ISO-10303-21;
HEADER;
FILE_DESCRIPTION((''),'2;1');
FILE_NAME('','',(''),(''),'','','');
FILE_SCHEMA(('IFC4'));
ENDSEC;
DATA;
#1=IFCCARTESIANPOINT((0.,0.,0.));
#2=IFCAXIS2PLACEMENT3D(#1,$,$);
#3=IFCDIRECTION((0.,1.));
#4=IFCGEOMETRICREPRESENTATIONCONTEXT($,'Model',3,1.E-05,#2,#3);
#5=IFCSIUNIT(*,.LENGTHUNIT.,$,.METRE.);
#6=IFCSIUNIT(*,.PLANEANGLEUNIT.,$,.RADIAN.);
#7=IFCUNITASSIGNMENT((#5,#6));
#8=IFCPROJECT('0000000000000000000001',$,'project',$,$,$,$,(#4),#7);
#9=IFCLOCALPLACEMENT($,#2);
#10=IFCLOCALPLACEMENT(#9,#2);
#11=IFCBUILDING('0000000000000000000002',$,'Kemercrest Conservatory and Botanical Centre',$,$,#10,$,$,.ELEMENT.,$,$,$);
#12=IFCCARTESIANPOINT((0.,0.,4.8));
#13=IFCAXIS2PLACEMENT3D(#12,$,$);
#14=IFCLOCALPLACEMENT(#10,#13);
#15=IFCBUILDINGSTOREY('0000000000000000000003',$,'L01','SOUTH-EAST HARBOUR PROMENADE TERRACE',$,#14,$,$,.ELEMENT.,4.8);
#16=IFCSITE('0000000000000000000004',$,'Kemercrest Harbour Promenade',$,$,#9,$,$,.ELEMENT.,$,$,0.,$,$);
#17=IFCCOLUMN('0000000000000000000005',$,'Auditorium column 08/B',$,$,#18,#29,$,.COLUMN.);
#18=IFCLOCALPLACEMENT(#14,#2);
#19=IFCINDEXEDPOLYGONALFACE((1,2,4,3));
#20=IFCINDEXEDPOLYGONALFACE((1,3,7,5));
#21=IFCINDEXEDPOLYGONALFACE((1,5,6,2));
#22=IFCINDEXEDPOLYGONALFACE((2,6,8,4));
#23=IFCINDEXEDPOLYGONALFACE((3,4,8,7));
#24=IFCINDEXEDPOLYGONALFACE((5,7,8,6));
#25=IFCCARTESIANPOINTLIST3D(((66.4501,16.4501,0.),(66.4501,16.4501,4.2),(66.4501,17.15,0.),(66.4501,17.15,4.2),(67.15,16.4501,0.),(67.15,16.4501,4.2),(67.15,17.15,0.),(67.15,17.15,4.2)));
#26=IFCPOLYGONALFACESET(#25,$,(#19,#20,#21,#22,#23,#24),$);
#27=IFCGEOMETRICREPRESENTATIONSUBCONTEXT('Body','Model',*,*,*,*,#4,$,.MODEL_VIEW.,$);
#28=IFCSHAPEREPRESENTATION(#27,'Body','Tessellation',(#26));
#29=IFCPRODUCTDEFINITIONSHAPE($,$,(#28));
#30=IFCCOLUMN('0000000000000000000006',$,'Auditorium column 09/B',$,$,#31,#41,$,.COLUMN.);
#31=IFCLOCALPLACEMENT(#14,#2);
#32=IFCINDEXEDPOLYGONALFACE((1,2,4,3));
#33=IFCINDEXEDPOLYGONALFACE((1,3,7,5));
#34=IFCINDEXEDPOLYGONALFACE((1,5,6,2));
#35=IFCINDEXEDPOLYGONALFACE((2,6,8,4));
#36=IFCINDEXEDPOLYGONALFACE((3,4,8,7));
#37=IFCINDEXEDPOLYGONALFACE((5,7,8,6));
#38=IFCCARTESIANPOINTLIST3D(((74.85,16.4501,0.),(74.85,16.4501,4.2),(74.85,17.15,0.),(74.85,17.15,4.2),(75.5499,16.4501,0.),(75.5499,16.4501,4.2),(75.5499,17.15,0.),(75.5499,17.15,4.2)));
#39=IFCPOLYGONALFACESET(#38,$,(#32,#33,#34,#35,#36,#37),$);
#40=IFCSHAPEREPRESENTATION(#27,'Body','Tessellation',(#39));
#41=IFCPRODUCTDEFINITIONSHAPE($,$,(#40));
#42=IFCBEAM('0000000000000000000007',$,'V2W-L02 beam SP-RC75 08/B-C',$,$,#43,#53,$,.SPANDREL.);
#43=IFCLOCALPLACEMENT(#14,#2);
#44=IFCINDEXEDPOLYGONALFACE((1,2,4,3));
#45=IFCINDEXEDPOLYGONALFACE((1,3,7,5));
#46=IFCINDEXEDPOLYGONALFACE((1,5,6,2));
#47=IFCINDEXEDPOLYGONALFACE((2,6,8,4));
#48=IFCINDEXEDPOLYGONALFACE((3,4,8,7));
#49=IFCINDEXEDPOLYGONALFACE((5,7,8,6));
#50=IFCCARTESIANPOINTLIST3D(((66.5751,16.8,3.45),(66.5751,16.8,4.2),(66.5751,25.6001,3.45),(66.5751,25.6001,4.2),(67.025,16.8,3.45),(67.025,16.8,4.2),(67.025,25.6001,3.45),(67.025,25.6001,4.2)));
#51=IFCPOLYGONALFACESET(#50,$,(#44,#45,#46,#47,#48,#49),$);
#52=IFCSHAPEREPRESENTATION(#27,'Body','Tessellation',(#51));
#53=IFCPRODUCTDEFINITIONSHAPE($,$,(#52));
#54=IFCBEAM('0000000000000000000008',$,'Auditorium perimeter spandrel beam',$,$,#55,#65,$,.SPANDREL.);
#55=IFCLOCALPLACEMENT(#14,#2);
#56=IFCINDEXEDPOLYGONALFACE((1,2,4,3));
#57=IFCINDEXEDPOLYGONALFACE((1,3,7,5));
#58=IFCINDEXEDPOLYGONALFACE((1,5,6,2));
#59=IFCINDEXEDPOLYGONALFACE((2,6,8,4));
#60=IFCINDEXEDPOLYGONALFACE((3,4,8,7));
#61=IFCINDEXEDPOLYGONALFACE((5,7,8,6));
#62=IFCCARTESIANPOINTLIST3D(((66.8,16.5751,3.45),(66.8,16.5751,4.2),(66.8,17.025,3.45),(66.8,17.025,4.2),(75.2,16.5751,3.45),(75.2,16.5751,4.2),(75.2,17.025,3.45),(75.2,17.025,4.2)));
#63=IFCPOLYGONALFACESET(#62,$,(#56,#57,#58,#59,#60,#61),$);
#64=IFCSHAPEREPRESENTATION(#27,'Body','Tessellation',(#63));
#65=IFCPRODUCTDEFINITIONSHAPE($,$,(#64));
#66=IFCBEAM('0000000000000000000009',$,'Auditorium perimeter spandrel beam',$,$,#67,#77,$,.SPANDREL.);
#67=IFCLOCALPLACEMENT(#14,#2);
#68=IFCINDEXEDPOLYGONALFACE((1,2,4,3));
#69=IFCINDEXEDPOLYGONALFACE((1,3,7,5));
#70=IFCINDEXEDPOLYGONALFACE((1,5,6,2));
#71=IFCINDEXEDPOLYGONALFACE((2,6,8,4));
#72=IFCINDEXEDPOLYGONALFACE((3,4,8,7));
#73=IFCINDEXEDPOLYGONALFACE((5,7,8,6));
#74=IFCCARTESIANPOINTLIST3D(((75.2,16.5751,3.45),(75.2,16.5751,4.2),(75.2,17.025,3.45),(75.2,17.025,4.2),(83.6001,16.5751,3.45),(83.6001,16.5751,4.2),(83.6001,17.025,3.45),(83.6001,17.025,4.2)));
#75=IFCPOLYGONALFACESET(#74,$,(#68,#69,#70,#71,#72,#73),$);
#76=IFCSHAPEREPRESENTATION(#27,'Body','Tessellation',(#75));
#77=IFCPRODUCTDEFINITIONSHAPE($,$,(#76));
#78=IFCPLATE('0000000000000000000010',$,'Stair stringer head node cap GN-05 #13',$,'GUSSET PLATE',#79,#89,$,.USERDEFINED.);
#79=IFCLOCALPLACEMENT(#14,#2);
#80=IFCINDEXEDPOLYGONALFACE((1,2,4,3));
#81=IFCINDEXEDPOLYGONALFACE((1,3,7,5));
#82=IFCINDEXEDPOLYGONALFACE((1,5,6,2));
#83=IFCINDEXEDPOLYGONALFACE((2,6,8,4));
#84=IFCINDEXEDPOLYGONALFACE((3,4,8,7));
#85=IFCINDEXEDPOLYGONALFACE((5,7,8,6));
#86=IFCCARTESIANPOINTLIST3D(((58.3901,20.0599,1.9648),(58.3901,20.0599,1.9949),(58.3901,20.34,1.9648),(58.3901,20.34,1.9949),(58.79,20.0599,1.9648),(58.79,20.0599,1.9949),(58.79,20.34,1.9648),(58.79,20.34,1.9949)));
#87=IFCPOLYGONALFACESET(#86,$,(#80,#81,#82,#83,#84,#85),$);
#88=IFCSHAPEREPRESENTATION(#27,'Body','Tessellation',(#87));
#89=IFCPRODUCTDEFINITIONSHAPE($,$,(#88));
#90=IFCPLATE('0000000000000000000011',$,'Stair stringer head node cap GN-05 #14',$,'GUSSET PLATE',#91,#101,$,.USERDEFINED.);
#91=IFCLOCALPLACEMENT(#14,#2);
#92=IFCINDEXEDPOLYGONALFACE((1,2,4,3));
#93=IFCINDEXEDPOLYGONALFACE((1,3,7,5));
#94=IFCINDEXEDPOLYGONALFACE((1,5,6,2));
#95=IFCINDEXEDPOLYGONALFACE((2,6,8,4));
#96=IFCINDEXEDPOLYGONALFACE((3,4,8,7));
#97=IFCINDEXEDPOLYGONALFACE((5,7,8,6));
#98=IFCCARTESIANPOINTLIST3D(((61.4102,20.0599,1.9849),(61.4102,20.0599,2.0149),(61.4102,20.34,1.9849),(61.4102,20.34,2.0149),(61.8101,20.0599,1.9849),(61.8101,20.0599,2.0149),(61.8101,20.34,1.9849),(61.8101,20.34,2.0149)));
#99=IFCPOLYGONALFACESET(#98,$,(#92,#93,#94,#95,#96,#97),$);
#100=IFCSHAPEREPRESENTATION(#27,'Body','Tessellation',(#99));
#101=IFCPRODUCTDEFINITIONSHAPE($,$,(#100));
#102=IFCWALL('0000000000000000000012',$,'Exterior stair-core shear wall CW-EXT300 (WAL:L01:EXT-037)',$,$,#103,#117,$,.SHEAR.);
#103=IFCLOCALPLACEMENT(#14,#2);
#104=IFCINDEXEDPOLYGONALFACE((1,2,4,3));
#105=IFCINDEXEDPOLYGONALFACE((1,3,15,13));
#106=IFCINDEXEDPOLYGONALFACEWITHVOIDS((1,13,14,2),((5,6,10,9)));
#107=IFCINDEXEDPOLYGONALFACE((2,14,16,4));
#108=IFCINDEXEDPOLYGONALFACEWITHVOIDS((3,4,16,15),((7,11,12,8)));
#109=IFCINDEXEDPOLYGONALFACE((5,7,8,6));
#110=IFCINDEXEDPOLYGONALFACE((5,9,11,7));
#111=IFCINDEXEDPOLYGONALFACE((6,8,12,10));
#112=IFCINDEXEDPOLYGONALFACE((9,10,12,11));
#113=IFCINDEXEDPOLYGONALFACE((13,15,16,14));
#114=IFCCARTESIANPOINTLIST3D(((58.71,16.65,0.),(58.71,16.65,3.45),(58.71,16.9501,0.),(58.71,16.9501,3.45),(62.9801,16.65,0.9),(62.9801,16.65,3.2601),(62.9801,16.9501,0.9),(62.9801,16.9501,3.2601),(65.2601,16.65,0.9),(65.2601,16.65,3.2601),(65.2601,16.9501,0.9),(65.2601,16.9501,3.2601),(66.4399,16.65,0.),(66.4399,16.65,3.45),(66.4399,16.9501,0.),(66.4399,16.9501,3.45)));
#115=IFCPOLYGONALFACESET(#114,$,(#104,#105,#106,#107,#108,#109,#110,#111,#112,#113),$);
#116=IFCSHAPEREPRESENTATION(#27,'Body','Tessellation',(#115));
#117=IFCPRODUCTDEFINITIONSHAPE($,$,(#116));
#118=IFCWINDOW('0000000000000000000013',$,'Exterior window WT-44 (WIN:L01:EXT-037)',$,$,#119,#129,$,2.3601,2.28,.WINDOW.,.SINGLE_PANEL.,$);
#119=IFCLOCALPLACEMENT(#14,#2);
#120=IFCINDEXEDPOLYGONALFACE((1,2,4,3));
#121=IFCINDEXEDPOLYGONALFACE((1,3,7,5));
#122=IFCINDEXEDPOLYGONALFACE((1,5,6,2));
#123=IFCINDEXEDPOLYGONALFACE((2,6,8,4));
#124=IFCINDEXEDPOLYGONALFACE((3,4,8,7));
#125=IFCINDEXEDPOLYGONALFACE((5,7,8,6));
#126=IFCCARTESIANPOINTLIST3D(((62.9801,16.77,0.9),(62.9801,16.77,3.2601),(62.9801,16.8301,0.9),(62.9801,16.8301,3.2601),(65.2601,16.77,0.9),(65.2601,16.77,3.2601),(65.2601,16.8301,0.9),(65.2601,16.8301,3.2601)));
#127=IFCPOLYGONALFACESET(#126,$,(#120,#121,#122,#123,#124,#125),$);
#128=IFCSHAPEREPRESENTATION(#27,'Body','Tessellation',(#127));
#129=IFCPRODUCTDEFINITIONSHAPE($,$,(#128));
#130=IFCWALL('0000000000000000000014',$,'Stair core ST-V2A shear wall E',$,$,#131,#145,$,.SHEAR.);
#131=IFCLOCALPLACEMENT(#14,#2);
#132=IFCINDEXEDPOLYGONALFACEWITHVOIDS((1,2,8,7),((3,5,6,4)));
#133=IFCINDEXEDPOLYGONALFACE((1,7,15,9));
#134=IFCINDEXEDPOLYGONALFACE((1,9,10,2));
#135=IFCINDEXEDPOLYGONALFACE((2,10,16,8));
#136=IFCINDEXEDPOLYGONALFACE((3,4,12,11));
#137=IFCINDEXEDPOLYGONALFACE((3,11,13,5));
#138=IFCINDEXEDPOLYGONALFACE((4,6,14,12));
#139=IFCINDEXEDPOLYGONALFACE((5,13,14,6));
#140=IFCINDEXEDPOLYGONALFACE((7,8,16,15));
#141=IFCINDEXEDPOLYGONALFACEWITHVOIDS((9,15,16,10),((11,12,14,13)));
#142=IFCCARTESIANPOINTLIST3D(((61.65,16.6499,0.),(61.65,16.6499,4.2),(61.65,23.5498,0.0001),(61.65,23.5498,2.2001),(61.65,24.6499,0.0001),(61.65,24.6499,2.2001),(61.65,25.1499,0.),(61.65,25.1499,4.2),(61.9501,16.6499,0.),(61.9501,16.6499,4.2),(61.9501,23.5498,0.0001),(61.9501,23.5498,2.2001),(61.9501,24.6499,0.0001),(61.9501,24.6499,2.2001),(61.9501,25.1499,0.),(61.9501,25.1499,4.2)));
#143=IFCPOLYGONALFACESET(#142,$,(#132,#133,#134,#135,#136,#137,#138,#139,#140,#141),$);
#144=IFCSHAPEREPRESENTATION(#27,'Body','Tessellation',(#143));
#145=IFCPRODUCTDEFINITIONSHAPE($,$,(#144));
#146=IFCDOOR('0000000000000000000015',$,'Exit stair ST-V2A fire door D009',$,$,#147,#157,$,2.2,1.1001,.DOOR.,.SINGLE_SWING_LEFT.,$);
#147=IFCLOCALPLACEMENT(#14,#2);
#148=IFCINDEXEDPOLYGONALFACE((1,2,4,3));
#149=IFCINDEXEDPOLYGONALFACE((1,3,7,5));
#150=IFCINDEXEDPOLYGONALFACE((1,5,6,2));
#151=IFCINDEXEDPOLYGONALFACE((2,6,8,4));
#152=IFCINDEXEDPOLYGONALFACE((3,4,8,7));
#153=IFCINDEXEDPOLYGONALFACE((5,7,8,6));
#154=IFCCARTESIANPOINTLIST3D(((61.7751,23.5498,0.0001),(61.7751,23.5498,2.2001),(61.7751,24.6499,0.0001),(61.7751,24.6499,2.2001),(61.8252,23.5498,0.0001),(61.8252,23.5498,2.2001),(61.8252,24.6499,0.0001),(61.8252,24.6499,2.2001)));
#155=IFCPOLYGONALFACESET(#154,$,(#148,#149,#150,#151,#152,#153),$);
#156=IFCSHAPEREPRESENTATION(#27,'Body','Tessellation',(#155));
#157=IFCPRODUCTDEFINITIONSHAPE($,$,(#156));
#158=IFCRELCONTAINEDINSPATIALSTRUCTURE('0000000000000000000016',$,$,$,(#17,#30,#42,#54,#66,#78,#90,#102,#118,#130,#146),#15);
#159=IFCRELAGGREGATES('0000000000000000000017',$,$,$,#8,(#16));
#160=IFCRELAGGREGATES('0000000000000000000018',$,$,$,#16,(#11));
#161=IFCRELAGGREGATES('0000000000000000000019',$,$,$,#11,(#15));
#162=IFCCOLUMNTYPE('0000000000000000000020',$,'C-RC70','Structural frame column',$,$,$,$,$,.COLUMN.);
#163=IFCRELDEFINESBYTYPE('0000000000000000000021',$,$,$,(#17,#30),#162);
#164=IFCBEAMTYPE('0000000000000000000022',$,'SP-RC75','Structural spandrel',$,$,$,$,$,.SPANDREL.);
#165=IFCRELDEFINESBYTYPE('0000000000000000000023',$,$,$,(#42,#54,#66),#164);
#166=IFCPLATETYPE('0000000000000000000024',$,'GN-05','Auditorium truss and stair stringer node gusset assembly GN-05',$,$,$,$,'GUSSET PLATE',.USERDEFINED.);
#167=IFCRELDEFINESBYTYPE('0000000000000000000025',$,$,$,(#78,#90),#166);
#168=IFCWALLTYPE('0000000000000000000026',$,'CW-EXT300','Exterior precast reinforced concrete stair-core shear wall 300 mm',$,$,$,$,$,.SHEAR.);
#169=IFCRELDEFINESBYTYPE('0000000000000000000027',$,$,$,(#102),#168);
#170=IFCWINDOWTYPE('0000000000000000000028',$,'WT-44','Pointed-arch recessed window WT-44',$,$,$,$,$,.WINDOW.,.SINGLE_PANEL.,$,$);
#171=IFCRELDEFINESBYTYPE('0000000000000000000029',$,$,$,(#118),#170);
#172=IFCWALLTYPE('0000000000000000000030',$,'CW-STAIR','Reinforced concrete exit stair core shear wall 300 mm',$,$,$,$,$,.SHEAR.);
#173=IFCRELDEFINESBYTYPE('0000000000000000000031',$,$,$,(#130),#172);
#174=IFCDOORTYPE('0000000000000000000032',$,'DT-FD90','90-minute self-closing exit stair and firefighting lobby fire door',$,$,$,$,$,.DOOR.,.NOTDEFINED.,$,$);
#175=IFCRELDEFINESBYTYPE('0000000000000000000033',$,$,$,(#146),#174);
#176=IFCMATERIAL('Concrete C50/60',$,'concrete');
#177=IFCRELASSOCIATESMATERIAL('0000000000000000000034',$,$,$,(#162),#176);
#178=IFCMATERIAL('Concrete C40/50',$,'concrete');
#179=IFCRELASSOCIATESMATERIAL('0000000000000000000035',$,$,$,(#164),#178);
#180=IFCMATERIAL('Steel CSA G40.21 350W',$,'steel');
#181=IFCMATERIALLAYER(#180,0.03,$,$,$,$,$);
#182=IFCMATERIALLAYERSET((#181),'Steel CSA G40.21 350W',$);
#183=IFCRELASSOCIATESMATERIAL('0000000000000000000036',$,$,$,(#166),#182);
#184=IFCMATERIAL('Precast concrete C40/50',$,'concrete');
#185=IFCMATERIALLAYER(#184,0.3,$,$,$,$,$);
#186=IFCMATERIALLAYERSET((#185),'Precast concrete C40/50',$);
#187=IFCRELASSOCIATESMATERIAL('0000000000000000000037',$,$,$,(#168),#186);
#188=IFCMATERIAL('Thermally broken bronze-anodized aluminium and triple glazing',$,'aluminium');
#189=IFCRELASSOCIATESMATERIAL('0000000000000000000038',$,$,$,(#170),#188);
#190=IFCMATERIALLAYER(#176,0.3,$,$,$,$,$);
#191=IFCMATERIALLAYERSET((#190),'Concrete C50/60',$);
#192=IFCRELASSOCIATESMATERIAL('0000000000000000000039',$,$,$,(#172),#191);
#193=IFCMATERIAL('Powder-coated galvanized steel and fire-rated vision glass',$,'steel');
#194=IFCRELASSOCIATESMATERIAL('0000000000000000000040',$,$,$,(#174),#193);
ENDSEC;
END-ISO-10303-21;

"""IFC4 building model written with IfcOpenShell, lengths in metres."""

from ifc_helpers import new_model, si_unit, direction, frame, frame_2d, origin, origin_2d, place, context, subcontext, project, spatial, rectangle, extrude, material, layer, layer_set, material_profile, profile_set, type_object, element, fill, save


model = new_model("IFC4")

# Units and contexts
model_context = context("Model", 3, precision=1e-05, world=origin(), true_north=direction((0.0, 1.0)))
body_context = subcontext(model_context, "Body", "Model", "MODEL_VIEW")
ifc_project = project(units=[si_unit("LENGTHUNIT", "METRE"), si_unit("PLANEANGLEUNIT", "RADIAN")], contexts=[model_context])

# Site, building, storey
site_placement = place(None, origin())
site = spatial("IfcSite", under=ifc_project, at=site_placement, Name="Kemercrest Harbour Promenade", CompositionType="ELEMENT", RefElevation=0.0)
building_placement = place(site_placement, origin())
building = spatial("IfcBuilding", under=site, at=building_placement, Name="Kemercrest Conservatory and Botanical Centre", CompositionType="ELEMENT")
storey_placement = place(building_placement, frame((0.0, 0.0, 4.8)))
storey = spatial("IfcBuildingStorey", under=building, at=storey_placement, Name="L01", Description="SOUTH-EAST HARBOUR PROMENADE TERRACE", CompositionType="ELEMENT", Elevation=4.8)

# Columns
ifc_material_1 = material(Name="Concrete C50/60", Category="concrete")
ifc_material_profile_1 = material_profile(ifc_material_1, rectangle(XDim=0.7, YDim=0.7, at=origin_2d()), Name="RC 700x700")
ifc_profile_set_1 = profile_set([ifc_material_profile_1], Name="Concrete C50/60")
column_type = type_object("IfcColumnType", Name="C-RC70", Description="Structural frame column", PredefinedType="COLUMN", material=ifc_profile_set_1)
for number, where, z_axis, x_axis, name in (
    (1, (66.8, 16.8, 0.0), (0.0, 0.0, 1.0), (1.0, 0.0, 0.0), "Auditorium column 08/B"),
    (2, (75.2, 16.8, 0.0), (0.0, 0.0, 1.0), (1.0, 0.0, 0.0), "Auditorium column 09/B"),
):
    element("IfcColumn", number, at=place(storey_placement, frame(where, z_axis=z_axis, x_axis=x_axis)), inside=storey, type_object=column_type, Name=name, PredefinedType="COLUMN", context=body_context, shape_type="SweptSolid", body=[
        extrude(rectangle(XDim=0.7, YDim=0.7, at=origin_2d()), origin(), (0.0, 0.0, 1.0), 4.2),
    ])

# Beams
ifc_material_2 = material(Name="Concrete C40/50", Category="concrete")
ifc_material_profile_2 = material_profile(ifc_material_2, rectangle(XDim=0.45, YDim=0.75, at=origin_2d()), Name="RC 450x750")
ifc_profile_set_2 = profile_set([ifc_material_profile_2], Name="Concrete C40/50")
beam_type = type_object("IfcBeamType", Name="SP-RC75", Description="Structural spandrel", PredefinedType="SPANDREL", material=ifc_profile_set_2)
beam_1_placement = place(storey_placement, frame((66.8, 16.8, 3.825), z_axis=(0.0, 1.0, 0.0), x_axis=(-1.0, 0.0, 0.0)))
element("IfcBeam", 3, at=beam_1_placement, inside=storey, type_object=beam_type, Name="V2W-L02 beam SP-RC75 08/B-C", PredefinedType="SPANDREL", context=body_context, shape_type="SweptSolid", body=[
    extrude(rectangle(XDim=0.45, YDim=0.75, at=origin_2d()), origin(), (0.0, 0.0, 1.0), 8.8),
])
beam_2_placement = place(storey_placement, frame((66.8, 16.8, 3.825), z_axis=(1.0, 0.0, 0.0), x_axis=(0.0, 1.0, 0.0)))
element("IfcBeam", 4, at=beam_2_placement, inside=storey, type_object=beam_type, Name="Auditorium perimeter spandrel beam", PredefinedType="SPANDREL", context=body_context, shape_type="SweptSolid", body=[
    extrude(rectangle(XDim=0.45, YDim=0.75, at=origin_2d()), origin(), (0.0, 0.0, 1.0), 8.3999),
])
beam_3_placement = place(storey_placement, frame((75.2, 16.8, 3.825), z_axis=(1.0, 0.0, 0.0), x_axis=(0.0, 1.0, 0.0)))
element("IfcBeam", 5, at=beam_3_placement, inside=storey, type_object=beam_type, Name="Auditorium perimeter spandrel beam", PredefinedType="SPANDREL", context=body_context, shape_type="SweptSolid", body=[
    extrude(rectangle(XDim=0.45, YDim=0.75, at=origin_2d()), origin(), (0.0, 0.0, 1.0), 8.4001),
])

# Plates
ifc_material_3 = material(Name="Steel CSA G40.21 350W", Category="steel")
ifc_layer_1 = layer(ifc_material_3, 0.03)
ifc_layer_set_1 = layer_set([ifc_layer_1], Name="Steel CSA G40.21 350W")
plate_type = type_object("IfcPlateType", Name="GN-05", Description="Auditorium truss and stair stringer node gusset assembly GN-05", ElementType="GUSSET PLATE", PredefinedType="USERDEFINED", material=ifc_layer_set_1)
for number, where, z_axis, x_axis, name in (
    (6, (58.5901, 20.2, 1.9648), (0.0, 0.0, 1.0), (1.0, 0.0, 0.0), "Stair stringer head node cap GN-05 #13"),
    (7, (61.6101, 20.2, 1.9849), (0.0, 0.0, 1.0), (1.0, 0.0, 0.0), "Stair stringer head node cap GN-05 #14"),
):
    element("IfcPlate", number, at=place(storey_placement, frame(where, z_axis=z_axis, x_axis=x_axis)), inside=storey, type_object=plate_type, Name=name, ObjectType="GUSSET PLATE", PredefinedType="USERDEFINED", context=body_context, shape_type="SweptSolid", body=[
        extrude(rectangle(XDim=0.3999, YDim=0.28, at=origin_2d()), origin(), (0.0, 0.0, 1.0), 0.03),
    ])

# Wall, opening, window
ifc_material_4 = material(Name="Precast concrete C40/50", Category="concrete")
ifc_layer_2 = layer(ifc_material_4, 0.3)
ifc_layer_set_2 = layer_set([ifc_layer_2], Name="Precast concrete C40/50")
wall_type_1 = type_object("IfcWallType", Name="CW-EXT300", Description="Exterior precast reinforced concrete stair-core shear wall 300 mm", PredefinedType="SHEAR", material=ifc_layer_set_2)
wall_1_placement = place(storey_placement, frame((58.71, 16.8, 0.0), z_axis=(0.0, 0.0, 1.0), x_axis=(1.0, 0.0, 0.0)))
wall_1 = element("IfcWall", 8, at=wall_1_placement, inside=storey, type_object=wall_type_1, Name="Exterior stair-core shear wall CW-EXT300 (WAL:L01:EXT-037)", PredefinedType="SHEAR", context=body_context, shape_type="SweptSolid", body=[
    extrude(rectangle(XDim=7.73, YDim=0.3, at=frame_2d((3.865, 0.0))), origin(), (0.0, 0.0, 1.0), 3.45),
])
opening_1_placement = place(wall_1_placement, frame((4.27, 0.0, 0.8999)))
opening_1 = element("IfcOpeningElement", 9, at=opening_1_placement, cuts=wall_1, PredefinedType="OPENING", context=body_context, shape_type="SweptSolid", body=[
    extrude(rectangle(XDim=2.28, YDim=2.3601, at=frame_2d((1.1401, 1.1802))), frame((0.0, 0.1602, 0.0), z_axis=(0.0, -1.0, 0.0), x_axis=(1.0, 0.0, 0.0)), (0.0, 0.0, 1.0), 0.3201),
])
ifc_material_5 = material(Name="Thermally broken bronze-anodized aluminium and triple glazing", Category="aluminium")
window_type = type_object("IfcWindowType", Name="WT-44", Description="Pointed-arch recessed window WT-44", PartitioningType="SINGLE_PANEL", PredefinedType="WINDOW", material=ifc_material_5)
window_placement = place(opening_1_placement, origin())
window = element("IfcWindow", 10, at=window_placement, inside=storey, type_object=window_type, Name="Exterior window WT-44 (WIN:L01:EXT-037)", OverallHeight=2.3601, OverallWidth=2.28, PartitioningType="SINGLE_PANEL", PredefinedType="WINDOW", context=body_context, shape_type="SweptSolid", body=[
    extrude(rectangle(XDim=2.28, YDim=2.3601, at=frame_2d((1.1401, 1.1802))), frame((0.0, 0.03, 0.0), z_axis=(0.0, -1.0, 0.0), x_axis=(1.0, 0.0, 0.0)), (0.0, 0.0, 1.0), 0.0601),
])
fill(opening_1, window)

# Wall, opening, door
ifc_layer_3 = layer(ifc_material_1, 0.3)
ifc_layer_set_3 = layer_set([ifc_layer_3], Name="Concrete C50/60")
wall_type_2 = type_object("IfcWallType", Name="CW-STAIR", Description="Reinforced concrete exit stair core shear wall 300 mm", PredefinedType="SHEAR", material=ifc_layer_set_3)
wall_2_placement = place(storey_placement, frame((61.8, 16.6499, 0.0), z_axis=(0.0, 0.0, 1.0), x_axis=(0.0, 1.0, 0.0)))
wall_2 = element("IfcWall", 11, at=wall_2_placement, inside=storey, type_object=wall_type_2, Name="Stair core ST-V2A shear wall E", PredefinedType="SHEAR", context=body_context, shape_type="SweptSolid", body=[
    extrude(rectangle(XDim=8.5, YDim=0.3, at=frame_2d((4.25, 0.0))), origin(), (0.0, 0.0, 1.0), 4.2),
])
opening_2_placement = place(wall_2_placement, frame((6.8999, 0.0, 0.0)))
opening_2 = element("IfcOpeningElement", 12, at=opening_2_placement, cuts=wall_2, PredefinedType="OPENING", context=body_context, shape_type="SweptSolid", body=[
    extrude(rectangle(XDim=1.1001, YDim=2.2, at=frame_2d((0.55, 1.1001))), frame((0.0, 0.1602, 0.0), z_axis=(0.0, -1.0, 0.0), x_axis=(1.0, 0.0, 0.0)), (0.0, 0.0, 1.0), 0.3201),
])
ifc_material_6 = material(Name="Powder-coated galvanized steel and fire-rated vision glass", Category="steel")
door_type_1 = type_object("IfcDoorType", Name="DT-FD90", Description="90-minute self-closing exit stair and firefighting lobby fire door", OperationType="NOTDEFINED", PredefinedType="DOOR", material=ifc_material_6)
door_1_placement = place(opening_2_placement, origin())
door_1 = element("IfcDoor", 13, at=door_1_placement, inside=storey, type_object=door_type_1, Name="Exit stair ST-V2A fire door D009", OperationType="SINGLE_SWING_LEFT", OverallHeight=2.2, OverallWidth=1.1001, PredefinedType="DOOR", context=body_context, shape_type="SweptSolid", body=[
    extrude(rectangle(XDim=1.1001, YDim=2.2, at=frame_2d((0.55, 1.1001))), frame((0.0, 0.0249, 0.0), z_axis=(0.0, -1.0, 0.0), x_axis=(1.0, 0.0, 0.0)), (0.0, 0.0, 1.0), 0.05),
])
fill(opening_2, door_1)

save(model, "model.ifc")
